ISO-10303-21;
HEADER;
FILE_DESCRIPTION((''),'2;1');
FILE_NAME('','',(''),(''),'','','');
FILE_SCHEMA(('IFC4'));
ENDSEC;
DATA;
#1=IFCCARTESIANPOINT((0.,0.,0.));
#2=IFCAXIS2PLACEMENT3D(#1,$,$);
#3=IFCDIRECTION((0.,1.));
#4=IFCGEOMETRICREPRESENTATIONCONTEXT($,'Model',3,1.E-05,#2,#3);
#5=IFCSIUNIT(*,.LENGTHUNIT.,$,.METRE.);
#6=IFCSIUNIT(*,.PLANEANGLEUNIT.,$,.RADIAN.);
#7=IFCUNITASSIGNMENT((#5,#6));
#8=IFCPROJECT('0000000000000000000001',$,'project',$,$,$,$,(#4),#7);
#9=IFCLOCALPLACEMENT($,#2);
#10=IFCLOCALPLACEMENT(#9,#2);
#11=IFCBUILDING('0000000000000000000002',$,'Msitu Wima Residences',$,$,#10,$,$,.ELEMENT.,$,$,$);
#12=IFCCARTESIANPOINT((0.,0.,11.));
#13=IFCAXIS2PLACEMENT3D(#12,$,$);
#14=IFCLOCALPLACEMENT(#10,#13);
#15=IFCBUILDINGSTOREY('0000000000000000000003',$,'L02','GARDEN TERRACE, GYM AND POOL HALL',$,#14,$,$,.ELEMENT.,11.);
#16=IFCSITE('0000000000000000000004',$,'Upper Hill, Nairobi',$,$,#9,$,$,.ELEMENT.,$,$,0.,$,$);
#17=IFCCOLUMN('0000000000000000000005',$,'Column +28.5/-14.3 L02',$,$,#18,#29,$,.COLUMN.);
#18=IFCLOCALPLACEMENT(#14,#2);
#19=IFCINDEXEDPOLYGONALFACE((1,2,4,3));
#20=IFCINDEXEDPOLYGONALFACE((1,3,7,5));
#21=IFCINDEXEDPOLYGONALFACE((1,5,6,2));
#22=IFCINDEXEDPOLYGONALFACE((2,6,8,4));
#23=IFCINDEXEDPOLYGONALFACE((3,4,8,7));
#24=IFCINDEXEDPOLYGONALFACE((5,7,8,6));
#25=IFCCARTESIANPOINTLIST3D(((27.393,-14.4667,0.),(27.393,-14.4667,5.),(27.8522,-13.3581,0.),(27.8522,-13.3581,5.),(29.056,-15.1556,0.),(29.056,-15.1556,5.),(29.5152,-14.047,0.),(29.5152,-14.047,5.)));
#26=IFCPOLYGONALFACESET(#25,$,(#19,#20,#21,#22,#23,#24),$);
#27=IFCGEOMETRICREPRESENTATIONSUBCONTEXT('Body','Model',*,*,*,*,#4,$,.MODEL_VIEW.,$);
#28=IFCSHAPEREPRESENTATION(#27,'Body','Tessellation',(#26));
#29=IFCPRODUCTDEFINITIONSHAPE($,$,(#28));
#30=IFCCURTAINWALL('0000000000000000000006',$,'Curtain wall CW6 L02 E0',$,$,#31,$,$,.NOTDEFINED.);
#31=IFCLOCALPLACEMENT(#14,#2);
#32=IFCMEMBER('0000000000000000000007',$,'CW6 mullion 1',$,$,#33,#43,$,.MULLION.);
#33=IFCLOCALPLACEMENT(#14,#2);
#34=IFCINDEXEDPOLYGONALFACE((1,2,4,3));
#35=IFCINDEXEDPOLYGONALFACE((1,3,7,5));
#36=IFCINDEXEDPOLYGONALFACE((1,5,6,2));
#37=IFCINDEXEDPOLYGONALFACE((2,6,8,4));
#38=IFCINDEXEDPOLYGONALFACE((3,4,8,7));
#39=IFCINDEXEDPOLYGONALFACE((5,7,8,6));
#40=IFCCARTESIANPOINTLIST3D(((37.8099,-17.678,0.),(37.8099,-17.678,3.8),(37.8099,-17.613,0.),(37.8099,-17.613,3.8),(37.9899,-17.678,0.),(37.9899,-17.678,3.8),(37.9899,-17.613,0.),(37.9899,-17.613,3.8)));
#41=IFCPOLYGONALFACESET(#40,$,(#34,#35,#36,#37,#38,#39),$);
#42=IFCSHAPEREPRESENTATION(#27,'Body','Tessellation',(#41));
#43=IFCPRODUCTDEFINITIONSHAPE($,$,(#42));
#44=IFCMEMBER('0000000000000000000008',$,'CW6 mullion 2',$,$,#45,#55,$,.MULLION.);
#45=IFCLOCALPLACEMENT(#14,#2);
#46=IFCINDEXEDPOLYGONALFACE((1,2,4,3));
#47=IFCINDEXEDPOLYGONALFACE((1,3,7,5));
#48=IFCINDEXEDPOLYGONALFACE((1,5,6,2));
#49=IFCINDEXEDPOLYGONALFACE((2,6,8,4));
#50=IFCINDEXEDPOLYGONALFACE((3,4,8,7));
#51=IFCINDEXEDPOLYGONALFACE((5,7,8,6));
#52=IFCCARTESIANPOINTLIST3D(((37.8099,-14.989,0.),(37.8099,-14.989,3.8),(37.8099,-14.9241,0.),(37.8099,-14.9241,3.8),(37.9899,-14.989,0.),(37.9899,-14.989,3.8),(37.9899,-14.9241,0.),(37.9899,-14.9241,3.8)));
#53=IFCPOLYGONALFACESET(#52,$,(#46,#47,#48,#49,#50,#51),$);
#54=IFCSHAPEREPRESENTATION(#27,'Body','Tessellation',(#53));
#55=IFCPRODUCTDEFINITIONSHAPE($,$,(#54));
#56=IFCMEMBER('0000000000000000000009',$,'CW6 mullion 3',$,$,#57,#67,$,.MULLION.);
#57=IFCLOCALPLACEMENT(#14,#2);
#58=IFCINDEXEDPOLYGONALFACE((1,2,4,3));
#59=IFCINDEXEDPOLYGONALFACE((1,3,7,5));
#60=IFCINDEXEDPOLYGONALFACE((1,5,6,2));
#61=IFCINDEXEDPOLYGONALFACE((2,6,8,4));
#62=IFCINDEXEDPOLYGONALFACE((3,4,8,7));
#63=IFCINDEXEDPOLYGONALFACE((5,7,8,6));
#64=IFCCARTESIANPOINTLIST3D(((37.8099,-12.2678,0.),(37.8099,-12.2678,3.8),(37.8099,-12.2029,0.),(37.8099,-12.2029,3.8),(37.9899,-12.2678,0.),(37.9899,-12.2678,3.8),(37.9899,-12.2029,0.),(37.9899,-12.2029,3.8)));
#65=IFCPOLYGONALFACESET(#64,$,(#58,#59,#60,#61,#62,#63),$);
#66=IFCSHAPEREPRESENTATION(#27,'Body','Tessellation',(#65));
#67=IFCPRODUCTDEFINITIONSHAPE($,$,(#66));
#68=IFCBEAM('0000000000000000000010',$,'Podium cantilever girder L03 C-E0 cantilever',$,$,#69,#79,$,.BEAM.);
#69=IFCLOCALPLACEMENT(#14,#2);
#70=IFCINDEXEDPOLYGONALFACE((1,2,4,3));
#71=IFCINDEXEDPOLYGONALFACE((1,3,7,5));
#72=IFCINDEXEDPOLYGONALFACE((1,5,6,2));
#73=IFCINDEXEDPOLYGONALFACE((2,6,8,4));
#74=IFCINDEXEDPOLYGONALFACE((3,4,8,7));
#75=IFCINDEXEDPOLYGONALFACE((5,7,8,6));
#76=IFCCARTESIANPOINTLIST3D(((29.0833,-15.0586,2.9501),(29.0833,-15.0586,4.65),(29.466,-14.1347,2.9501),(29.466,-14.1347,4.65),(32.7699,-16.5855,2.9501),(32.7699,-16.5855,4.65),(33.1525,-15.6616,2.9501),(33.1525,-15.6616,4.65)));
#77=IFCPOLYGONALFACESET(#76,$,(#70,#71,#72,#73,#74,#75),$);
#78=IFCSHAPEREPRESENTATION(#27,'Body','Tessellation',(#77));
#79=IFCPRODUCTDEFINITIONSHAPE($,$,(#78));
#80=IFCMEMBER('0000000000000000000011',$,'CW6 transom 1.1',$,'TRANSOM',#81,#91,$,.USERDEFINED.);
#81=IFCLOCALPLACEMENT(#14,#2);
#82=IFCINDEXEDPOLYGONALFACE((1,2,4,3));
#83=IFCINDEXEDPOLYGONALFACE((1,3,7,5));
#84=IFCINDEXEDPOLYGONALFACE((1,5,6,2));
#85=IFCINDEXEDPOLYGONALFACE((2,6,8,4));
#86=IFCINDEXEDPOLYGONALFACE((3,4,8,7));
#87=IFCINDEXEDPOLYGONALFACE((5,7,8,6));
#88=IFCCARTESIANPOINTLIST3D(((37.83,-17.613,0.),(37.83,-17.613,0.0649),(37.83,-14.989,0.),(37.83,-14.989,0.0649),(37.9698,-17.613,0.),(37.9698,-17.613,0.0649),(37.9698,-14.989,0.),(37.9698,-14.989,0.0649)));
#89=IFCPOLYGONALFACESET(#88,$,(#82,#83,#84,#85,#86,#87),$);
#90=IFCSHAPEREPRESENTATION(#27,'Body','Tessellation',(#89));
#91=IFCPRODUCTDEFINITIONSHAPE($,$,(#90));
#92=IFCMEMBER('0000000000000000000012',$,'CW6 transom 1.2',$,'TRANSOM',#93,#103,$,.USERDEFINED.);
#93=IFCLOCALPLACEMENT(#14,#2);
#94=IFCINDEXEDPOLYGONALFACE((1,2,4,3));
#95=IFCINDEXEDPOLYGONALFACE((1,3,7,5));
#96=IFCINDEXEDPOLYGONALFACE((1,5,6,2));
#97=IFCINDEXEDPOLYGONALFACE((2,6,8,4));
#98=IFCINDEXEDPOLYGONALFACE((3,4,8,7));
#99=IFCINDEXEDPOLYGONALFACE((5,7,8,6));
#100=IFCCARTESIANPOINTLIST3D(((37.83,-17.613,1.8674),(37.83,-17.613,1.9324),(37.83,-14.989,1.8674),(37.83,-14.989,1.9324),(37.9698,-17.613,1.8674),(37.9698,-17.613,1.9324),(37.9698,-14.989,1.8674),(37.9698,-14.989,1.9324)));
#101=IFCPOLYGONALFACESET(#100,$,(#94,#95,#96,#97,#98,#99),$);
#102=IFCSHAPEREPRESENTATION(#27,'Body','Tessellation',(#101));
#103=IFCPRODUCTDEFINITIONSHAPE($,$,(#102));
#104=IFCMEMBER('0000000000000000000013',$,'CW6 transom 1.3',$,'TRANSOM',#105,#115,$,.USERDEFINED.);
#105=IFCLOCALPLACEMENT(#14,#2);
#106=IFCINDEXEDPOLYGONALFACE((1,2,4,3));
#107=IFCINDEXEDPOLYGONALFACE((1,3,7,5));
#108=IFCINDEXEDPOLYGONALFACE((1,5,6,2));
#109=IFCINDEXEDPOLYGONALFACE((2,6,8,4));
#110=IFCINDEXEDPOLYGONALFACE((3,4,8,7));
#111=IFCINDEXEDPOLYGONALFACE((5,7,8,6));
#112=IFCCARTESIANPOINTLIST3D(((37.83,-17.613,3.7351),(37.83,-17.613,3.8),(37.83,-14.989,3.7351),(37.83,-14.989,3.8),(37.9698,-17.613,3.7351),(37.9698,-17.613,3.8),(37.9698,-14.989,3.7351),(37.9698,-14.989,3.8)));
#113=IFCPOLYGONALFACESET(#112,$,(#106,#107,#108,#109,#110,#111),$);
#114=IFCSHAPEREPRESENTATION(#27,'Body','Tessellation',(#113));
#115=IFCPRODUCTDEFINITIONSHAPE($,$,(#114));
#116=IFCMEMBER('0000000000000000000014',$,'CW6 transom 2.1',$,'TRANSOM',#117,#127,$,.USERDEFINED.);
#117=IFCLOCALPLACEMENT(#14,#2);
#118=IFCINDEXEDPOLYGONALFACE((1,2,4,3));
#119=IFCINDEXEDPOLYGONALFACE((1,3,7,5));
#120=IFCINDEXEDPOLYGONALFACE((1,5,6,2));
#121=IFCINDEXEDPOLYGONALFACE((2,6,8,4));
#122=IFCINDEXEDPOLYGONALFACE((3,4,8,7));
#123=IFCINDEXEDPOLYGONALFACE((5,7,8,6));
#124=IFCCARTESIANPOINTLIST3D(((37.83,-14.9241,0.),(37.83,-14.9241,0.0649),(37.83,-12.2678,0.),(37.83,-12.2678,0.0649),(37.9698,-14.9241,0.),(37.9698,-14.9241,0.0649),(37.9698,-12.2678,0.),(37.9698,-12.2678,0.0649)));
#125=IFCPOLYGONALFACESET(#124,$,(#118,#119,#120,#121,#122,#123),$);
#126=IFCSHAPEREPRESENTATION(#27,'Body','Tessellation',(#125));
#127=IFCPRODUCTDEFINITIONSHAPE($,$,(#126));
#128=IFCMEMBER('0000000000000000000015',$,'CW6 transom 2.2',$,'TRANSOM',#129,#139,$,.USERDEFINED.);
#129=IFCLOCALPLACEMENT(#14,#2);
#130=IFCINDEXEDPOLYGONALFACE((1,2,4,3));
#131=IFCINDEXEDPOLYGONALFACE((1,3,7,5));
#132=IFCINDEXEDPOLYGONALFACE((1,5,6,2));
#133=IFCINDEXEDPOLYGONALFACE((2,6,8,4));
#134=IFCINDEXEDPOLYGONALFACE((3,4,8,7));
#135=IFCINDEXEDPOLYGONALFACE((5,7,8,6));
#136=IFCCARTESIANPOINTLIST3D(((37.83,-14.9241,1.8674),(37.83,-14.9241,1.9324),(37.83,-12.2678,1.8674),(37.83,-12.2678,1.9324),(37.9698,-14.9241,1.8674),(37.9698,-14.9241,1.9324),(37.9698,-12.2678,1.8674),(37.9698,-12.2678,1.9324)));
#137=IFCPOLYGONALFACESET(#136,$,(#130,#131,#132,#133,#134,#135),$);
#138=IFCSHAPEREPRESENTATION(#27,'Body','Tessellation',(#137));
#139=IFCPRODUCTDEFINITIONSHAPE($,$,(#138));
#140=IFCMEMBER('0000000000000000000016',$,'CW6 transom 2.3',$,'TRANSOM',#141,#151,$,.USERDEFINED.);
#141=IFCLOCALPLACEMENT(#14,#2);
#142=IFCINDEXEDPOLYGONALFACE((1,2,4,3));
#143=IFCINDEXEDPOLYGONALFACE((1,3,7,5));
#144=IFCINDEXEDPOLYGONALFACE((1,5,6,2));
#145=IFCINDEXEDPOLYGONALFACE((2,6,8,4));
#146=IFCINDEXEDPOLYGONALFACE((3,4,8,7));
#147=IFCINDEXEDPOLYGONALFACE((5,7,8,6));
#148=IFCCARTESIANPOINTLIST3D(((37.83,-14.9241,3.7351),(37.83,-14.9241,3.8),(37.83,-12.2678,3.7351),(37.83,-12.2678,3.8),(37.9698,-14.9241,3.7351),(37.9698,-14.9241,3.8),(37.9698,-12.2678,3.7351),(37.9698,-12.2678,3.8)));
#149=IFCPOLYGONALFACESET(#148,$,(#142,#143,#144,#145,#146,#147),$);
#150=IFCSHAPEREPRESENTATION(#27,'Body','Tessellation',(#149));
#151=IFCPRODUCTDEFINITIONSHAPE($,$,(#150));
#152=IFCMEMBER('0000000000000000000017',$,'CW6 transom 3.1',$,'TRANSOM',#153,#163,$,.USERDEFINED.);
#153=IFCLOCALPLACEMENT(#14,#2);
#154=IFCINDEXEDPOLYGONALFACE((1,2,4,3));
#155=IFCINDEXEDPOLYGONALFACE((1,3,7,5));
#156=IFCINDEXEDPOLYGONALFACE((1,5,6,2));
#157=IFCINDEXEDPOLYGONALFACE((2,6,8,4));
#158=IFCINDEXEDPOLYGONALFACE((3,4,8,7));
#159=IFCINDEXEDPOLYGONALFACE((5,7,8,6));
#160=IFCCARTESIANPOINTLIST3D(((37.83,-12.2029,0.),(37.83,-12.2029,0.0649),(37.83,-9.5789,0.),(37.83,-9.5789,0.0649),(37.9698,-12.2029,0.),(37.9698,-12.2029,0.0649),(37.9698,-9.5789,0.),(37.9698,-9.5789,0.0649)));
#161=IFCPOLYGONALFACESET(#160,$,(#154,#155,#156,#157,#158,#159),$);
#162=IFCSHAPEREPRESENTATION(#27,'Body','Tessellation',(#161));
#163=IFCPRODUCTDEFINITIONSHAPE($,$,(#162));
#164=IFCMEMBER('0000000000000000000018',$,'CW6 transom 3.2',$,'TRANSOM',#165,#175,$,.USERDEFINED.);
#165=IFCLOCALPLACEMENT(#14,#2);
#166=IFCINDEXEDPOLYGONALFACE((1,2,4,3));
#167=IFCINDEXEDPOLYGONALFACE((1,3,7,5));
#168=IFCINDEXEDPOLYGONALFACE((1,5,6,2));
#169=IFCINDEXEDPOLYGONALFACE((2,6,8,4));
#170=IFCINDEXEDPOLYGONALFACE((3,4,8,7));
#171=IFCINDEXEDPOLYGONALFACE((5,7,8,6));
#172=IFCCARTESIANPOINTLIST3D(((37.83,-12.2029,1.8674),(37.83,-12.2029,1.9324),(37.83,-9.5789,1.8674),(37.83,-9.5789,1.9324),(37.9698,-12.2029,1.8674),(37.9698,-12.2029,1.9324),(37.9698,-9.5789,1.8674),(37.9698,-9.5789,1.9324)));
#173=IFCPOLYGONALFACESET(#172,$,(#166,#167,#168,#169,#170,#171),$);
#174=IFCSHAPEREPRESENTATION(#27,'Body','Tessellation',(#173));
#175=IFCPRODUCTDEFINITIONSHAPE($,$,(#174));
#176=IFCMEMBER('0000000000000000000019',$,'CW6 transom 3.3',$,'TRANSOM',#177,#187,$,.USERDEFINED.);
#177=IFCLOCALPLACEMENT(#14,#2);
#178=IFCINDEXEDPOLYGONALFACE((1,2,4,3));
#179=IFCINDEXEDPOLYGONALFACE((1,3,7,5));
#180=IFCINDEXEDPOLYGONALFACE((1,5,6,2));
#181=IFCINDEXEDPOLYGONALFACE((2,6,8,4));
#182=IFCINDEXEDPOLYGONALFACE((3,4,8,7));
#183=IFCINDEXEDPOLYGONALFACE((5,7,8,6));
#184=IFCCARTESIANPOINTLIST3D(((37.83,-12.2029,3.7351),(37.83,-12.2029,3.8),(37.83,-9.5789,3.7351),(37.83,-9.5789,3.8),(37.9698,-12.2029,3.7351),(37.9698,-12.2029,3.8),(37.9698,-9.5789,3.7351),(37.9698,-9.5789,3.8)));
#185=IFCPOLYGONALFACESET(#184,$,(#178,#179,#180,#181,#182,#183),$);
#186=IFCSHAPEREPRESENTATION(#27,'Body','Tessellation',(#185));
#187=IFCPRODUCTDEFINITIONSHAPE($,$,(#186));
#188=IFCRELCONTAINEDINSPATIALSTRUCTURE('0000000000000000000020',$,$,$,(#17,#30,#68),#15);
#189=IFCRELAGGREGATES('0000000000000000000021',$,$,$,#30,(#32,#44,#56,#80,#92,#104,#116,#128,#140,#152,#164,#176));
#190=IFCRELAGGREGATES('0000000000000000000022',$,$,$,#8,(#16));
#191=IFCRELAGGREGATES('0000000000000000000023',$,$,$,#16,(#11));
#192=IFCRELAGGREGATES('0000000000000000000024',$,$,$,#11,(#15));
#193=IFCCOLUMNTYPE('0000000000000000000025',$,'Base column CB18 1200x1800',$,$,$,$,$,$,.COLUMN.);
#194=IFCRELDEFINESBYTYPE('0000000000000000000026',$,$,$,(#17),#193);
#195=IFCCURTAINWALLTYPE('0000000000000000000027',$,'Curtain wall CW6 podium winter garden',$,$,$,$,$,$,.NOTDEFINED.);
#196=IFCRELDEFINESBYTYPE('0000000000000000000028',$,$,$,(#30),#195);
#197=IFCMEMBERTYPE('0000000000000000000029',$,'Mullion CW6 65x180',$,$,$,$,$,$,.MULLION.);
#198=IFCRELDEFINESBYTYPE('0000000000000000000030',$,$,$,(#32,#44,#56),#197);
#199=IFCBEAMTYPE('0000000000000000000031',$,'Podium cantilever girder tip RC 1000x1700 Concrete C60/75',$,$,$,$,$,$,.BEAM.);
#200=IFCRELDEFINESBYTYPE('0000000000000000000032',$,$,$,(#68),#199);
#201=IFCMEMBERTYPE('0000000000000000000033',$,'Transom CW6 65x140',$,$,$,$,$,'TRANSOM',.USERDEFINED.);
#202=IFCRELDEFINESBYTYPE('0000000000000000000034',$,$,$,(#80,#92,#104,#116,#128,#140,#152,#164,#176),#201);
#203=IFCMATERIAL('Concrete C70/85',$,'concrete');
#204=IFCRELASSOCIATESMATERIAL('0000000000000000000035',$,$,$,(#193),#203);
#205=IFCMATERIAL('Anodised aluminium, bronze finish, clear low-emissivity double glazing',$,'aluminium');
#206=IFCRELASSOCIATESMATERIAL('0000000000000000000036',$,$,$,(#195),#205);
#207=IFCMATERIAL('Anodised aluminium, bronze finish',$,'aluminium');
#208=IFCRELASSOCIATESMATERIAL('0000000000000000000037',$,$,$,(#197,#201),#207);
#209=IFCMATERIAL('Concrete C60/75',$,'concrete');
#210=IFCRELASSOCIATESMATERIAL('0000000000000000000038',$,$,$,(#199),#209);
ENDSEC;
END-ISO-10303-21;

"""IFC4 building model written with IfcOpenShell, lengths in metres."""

from ifc_helpers import new_model, si_unit, direction, frame, origin, origin_2d, place, context, subcontext, project, spatial, rectangle, extrude, material, material_profile, profile_set, type_object, element, aggregate, save


model = new_model("IFC4")

# Units and contexts
model_context = context("Model", 3, precision=1e-05, world=origin(), true_north=direction((0.0, 1.0)))
body_context = subcontext(model_context, "Body", "Model", "MODEL_VIEW")
ifc_project = project(units=[si_unit("LENGTHUNIT", "METRE"), si_unit("PLANEANGLEUNIT", "RADIAN")], contexts=[model_context])

# Site, building, storey
site_placement = place(None, origin())
site = spatial("IfcSite", under=ifc_project, at=site_placement, Name="Upper Hill, Nairobi", CompositionType="ELEMENT", RefElevation=0.0)
building_placement = place(site_placement, origin())
building = spatial("IfcBuilding", under=site, at=building_placement, Name="Msitu Wima Residences", CompositionType="ELEMENT")
storey_placement = place(building_placement, frame((0.0, 0.0, 11.0)))
storey = spatial("IfcBuildingStorey", under=building, at=storey_placement, Name="L02", Description="GARDEN TERRACE, GYM AND POOL HALL", CompositionType="ELEMENT", Elevation=11.0)

# Column
ifc_material_1 = material(Name="Concrete C70/85", Category="concrete")
ifc_material_profile_1 = material_profile(ifc_material_1, rectangle(XDim=1.2, YDim=1.8, at=origin_2d()), Name="RC 1200x1800")
ifc_profile_set_1 = profile_set([ifc_material_profile_1], Name="Concrete C70/85")
column_type = type_object("IfcColumnType", Name="Base column CB18 1200x1800", PredefinedType="COLUMN", material=ifc_profile_set_1)
column_placement = place(storey_placement, frame((28.4541, -14.2568, 0.0), z_axis=(0.0, 0.0, 1.0), x_axis=(0.382683, 0.92388, 0.0)))
element("IfcColumn", 1, at=column_placement, inside=storey, type_object=column_type, Name="Column +28.5/-14.3 L02", PredefinedType="COLUMN", context=body_context, shape_type="SweptSolid", body=[
    extrude(rectangle(XDim=1.2, YDim=1.8, at=origin_2d()), origin(), (0.0, 0.0, 1.0), 5.0),
])

# Curtain wall, members
ifc_material_2 = material(Name="Anodised aluminium, bronze finish, clear low-emissivity double glazing", Category="aluminium")
curtain_wall_type = type_object("IfcCurtainWallType", Name="Curtain wall CW6 podium winter garden", PredefinedType="NOTDEFINED", material=ifc_material_2)
curtain_wall_placement = place(storey_placement, origin())
curtain_wall = element("IfcCurtainWall", 2, at=curtain_wall_placement, inside=storey, type_object=curtain_wall_type, Name="Curtain wall CW6 L02 E0", PredefinedType="NOTDEFINED")
ifc_material_3 = material(Name="Anodised aluminium, bronze finish", Category="aluminium")
ifc_material_profile_2 = material_profile(ifc_material_3, rectangle(XDim=0.1799, YDim=0.0649, at=origin_2d()), Name="Mullion 65x180")
ifc_profile_set_2 = profile_set([ifc_material_profile_2], Name="Anodised aluminium, bronze finish")
member_type_1 = type_object("IfcMemberType", Name="Mullion CW6 65x180", PredefinedType="MULLION", material=ifc_profile_set_2)
member_1_placement = place(storey_placement, frame((37.8999, -17.6455, 0.0), z_axis=(0.0, 0.0, 1.0), x_axis=(-1.0, 0.0, 0.0)))
member_1 = element("IfcMember", 3, at=member_1_placement, type_object=member_type_1, Name="CW6 mullion 1", PredefinedType="MULLION", context=body_context, shape_type="SweptSolid", body=[
    extrude(rectangle(XDim=0.1799, YDim=0.0649, at=origin_2d()), origin(), (0.0, 0.0, 1.0), 3.8),
])
member_2_placement = place(storey_placement, frame((37.8999, -14.9565, 0.0), z_axis=(0.0, 0.0, 1.0), x_axis=(-1.0, 0.0, 0.0)))
member_2 = element("IfcMember", 4, at=member_2_placement, type_object=member_type_1, Name="CW6 mullion 2", PredefinedType="MULLION", context=body_context, shape_type="SweptSolid", body=[
    extrude(rectangle(XDim=0.1799, YDim=0.0649, at=origin_2d()), origin(), (0.0, 0.0, 1.0), 3.8),
])
member_3_placement = place(storey_placement, frame((37.8999, -12.2354, 0.0), z_axis=(0.0, 0.0, 1.0), x_axis=(-1.0, 0.0, 0.0)))
member_3 = element("IfcMember", 5, at=member_3_placement, type_object=member_type_1, Name="CW6 mullion 3", PredefinedType="MULLION", context=body_context, shape_type="SweptSolid", body=[
    extrude(rectangle(XDim=0.1799, YDim=0.0649, at=origin_2d()), origin(), (0.0, 0.0, 1.0), 3.8),
])

# Beam
ifc_material_4 = material(Name="Concrete C60/75", Category="concrete")
ifc_material_profile_3 = material_profile(ifc_material_4, rectangle(XDim=1.0, YDim=1.7, at=origin_2d()), Name="RC 1000x1700")
ifc_profile_set_3 = profile_set([ifc_material_profile_3], Name="Concrete C60/75")
beam_type = type_object("IfcBeamType", Name="Podium cantilever girder tip RC 1000x1700 Concrete C60/75", PredefinedType="BEAM", material=ifc_profile_set_3)
beam_placement = place(storey_placement, frame((29.2747, -14.5967, 3.8), z_axis=(0.923893, -0.382651, 0.0), x_axis=(0.382651, 0.923893, 0.0)))
element("IfcBeam", 6, at=beam_placement, inside=storey, type_object=beam_type, Name="Podium cantilever girder L03 C-E0 cantilever", PredefinedType="BEAM", context=body_context, shape_type="SweptSolid", body=[
    extrude(rectangle(XDim=1.0, YDim=1.7, at=origin_2d()), origin(), (0.0, 0.0, 1.0), 3.9902),
])

# Members
ifc_material_profile_4 = material_profile(ifc_material_3, rectangle(XDim=0.1399, YDim=0.0649, at=origin_2d()), Name="Transom 65x140")
ifc_profile_set_4 = profile_set([ifc_material_profile_4], Name="Anodised aluminium, bronze finish")
member_type_2 = type_object("IfcMemberType", Name="Transom CW6 65x140", ElementType="TRANSOM", PredefinedType="USERDEFINED", material=ifc_profile_set_4)
member_4_placement = place(storey_placement, frame((37.8999, -17.613, 0.0325), z_axis=(0.0, 1.0, 0.0), x_axis=(-1.0, 0.0, 0.0)))
member_4 = element("IfcMember", 7, at=member_4_placement, type_object=member_type_2, Name="CW6 transom 1.1", ObjectType="TRANSOM", PredefinedType="USERDEFINED", context=body_context, shape_type="SweptSolid", body=[
    extrude(rectangle(XDim=0.1399, YDim=0.0649, at=origin_2d()), origin(), (0.0, 0.0, 1.0), 2.624),
])
member_5_placement = place(storey_placement, frame((37.8999, -17.613, 1.8999), z_axis=(0.0, 1.0, 0.0), x_axis=(-1.0, 0.0, 0.0)))
member_5 = element("IfcMember", 8, at=member_5_placement, type_object=member_type_2, Name="CW6 transom 1.2", ObjectType="TRANSOM", PredefinedType="USERDEFINED", context=body_context, shape_type="SweptSolid", body=[
    extrude(rectangle(XDim=0.1399, YDim=0.0649, at=origin_2d()), origin(), (0.0, 0.0, 1.0), 2.624),
])
member_6_placement = place(storey_placement, frame((37.8999, -17.613, 3.7676), z_axis=(0.0, 1.0, 0.0), x_axis=(-1.0, 0.0, 0.0)))
member_6 = element("IfcMember", 9, at=member_6_placement, type_object=member_type_2, Name="CW6 transom 1.3", ObjectType="TRANSOM", PredefinedType="USERDEFINED", context=body_context, shape_type="SweptSolid", body=[
    extrude(rectangle(XDim=0.1399, YDim=0.0649, at=origin_2d()), origin(), (0.0, 0.0, 1.0), 2.624),
])
member_7_placement = place(storey_placement, frame((37.8999, -14.9241, 0.0325), z_axis=(0.0, 1.0, 0.0), x_axis=(-1.0, 0.0, 0.0)))
member_7 = element("IfcMember", 10, at=member_7_placement, type_object=member_type_2, Name="CW6 transom 2.1", ObjectType="TRANSOM", PredefinedType="USERDEFINED", context=body_context, shape_type="SweptSolid", body=[
    extrude(rectangle(XDim=0.1399, YDim=0.0649, at=origin_2d()), origin(), (0.0, 0.0, 1.0), 2.6562),
])
member_8_placement = place(storey_placement, frame((37.8999, -14.9241, 1.8999), z_axis=(0.0, 1.0, 0.0), x_axis=(-1.0, 0.0, 0.0)))
member_8 = element("IfcMember", 11, at=member_8_placement, type_object=member_type_2, Name="CW6 transom 2.2", ObjectType="TRANSOM", PredefinedType="USERDEFINED", context=body_context, shape_type="SweptSolid", body=[
    extrude(rectangle(XDim=0.1399, YDim=0.0649, at=origin_2d()), origin(), (0.0, 0.0, 1.0), 2.6562),
])
member_9_placement = place(storey_placement, frame((37.8999, -14.9241, 3.7676), z_axis=(0.0, 1.0, 0.0), x_axis=(-1.0, 0.0, 0.0)))
member_9 = element("IfcMember", 12, at=member_9_placement, type_object=member_type_2, Name="CW6 transom 2.3", ObjectType="TRANSOM", PredefinedType="USERDEFINED", context=body_context, shape_type="SweptSolid", body=[
    extrude(rectangle(XDim=0.1399, YDim=0.0649, at=origin_2d()), origin(), (0.0, 0.0, 1.0), 2.6562),
])
member_10_placement = place(storey_placement, frame((37.8999, -12.2029, 0.0325), z_axis=(0.0, 1.0, 0.0), x_axis=(-1.0, 0.0, 0.0)))
member_10 = element("IfcMember", 13, at=member_10_placement, type_object=member_type_2, Name="CW6 transom 3.1", ObjectType="TRANSOM", PredefinedType="USERDEFINED", context=body_context, shape_type="SweptSolid", body=[
    extrude(rectangle(XDim=0.1399, YDim=0.0649, at=origin_2d()), origin(), (0.0, 0.0, 1.0), 2.624),
])
member_11_placement = place(storey_placement, frame((37.8999, -12.2029, 1.8999), z_axis=(0.0, 1.0, 0.0), x_axis=(-1.0, 0.0, 0.0)))
member_11 = element("IfcMember", 14, at=member_11_placement, type_object=member_type_2, Name="CW6 transom 3.2", ObjectType="TRANSOM", PredefinedType="USERDEFINED", context=body_context, shape_type="SweptSolid", body=[
    extrude(rectangle(XDim=0.1399, YDim=0.0649, at=origin_2d()), origin(), (0.0, 0.0, 1.0), 2.624),
])
member_12_placement = place(storey_placement, frame((37.8999, -12.2029, 3.7676), z_axis=(0.0, 1.0, 0.0), x_axis=(-1.0, 0.0, 0.0)))
member_12 = element("IfcMember", 15, at=member_12_placement, type_object=member_type_2, Name="CW6 transom 3.3", ObjectType="TRANSOM", PredefinedType="USERDEFINED", context=body_context, shape_type="SweptSolid", body=[
    extrude(rectangle(XDim=0.1399, YDim=0.0649, at=origin_2d()), origin(), (0.0, 0.0, 1.0), 2.624),
])

aggregate(curtain_wall, [member_1, member_2, member_3, member_4, member_5, member_6, member_7, member_8, member_9, member_10, member_11, member_12])

save(model, "model.ifc")
